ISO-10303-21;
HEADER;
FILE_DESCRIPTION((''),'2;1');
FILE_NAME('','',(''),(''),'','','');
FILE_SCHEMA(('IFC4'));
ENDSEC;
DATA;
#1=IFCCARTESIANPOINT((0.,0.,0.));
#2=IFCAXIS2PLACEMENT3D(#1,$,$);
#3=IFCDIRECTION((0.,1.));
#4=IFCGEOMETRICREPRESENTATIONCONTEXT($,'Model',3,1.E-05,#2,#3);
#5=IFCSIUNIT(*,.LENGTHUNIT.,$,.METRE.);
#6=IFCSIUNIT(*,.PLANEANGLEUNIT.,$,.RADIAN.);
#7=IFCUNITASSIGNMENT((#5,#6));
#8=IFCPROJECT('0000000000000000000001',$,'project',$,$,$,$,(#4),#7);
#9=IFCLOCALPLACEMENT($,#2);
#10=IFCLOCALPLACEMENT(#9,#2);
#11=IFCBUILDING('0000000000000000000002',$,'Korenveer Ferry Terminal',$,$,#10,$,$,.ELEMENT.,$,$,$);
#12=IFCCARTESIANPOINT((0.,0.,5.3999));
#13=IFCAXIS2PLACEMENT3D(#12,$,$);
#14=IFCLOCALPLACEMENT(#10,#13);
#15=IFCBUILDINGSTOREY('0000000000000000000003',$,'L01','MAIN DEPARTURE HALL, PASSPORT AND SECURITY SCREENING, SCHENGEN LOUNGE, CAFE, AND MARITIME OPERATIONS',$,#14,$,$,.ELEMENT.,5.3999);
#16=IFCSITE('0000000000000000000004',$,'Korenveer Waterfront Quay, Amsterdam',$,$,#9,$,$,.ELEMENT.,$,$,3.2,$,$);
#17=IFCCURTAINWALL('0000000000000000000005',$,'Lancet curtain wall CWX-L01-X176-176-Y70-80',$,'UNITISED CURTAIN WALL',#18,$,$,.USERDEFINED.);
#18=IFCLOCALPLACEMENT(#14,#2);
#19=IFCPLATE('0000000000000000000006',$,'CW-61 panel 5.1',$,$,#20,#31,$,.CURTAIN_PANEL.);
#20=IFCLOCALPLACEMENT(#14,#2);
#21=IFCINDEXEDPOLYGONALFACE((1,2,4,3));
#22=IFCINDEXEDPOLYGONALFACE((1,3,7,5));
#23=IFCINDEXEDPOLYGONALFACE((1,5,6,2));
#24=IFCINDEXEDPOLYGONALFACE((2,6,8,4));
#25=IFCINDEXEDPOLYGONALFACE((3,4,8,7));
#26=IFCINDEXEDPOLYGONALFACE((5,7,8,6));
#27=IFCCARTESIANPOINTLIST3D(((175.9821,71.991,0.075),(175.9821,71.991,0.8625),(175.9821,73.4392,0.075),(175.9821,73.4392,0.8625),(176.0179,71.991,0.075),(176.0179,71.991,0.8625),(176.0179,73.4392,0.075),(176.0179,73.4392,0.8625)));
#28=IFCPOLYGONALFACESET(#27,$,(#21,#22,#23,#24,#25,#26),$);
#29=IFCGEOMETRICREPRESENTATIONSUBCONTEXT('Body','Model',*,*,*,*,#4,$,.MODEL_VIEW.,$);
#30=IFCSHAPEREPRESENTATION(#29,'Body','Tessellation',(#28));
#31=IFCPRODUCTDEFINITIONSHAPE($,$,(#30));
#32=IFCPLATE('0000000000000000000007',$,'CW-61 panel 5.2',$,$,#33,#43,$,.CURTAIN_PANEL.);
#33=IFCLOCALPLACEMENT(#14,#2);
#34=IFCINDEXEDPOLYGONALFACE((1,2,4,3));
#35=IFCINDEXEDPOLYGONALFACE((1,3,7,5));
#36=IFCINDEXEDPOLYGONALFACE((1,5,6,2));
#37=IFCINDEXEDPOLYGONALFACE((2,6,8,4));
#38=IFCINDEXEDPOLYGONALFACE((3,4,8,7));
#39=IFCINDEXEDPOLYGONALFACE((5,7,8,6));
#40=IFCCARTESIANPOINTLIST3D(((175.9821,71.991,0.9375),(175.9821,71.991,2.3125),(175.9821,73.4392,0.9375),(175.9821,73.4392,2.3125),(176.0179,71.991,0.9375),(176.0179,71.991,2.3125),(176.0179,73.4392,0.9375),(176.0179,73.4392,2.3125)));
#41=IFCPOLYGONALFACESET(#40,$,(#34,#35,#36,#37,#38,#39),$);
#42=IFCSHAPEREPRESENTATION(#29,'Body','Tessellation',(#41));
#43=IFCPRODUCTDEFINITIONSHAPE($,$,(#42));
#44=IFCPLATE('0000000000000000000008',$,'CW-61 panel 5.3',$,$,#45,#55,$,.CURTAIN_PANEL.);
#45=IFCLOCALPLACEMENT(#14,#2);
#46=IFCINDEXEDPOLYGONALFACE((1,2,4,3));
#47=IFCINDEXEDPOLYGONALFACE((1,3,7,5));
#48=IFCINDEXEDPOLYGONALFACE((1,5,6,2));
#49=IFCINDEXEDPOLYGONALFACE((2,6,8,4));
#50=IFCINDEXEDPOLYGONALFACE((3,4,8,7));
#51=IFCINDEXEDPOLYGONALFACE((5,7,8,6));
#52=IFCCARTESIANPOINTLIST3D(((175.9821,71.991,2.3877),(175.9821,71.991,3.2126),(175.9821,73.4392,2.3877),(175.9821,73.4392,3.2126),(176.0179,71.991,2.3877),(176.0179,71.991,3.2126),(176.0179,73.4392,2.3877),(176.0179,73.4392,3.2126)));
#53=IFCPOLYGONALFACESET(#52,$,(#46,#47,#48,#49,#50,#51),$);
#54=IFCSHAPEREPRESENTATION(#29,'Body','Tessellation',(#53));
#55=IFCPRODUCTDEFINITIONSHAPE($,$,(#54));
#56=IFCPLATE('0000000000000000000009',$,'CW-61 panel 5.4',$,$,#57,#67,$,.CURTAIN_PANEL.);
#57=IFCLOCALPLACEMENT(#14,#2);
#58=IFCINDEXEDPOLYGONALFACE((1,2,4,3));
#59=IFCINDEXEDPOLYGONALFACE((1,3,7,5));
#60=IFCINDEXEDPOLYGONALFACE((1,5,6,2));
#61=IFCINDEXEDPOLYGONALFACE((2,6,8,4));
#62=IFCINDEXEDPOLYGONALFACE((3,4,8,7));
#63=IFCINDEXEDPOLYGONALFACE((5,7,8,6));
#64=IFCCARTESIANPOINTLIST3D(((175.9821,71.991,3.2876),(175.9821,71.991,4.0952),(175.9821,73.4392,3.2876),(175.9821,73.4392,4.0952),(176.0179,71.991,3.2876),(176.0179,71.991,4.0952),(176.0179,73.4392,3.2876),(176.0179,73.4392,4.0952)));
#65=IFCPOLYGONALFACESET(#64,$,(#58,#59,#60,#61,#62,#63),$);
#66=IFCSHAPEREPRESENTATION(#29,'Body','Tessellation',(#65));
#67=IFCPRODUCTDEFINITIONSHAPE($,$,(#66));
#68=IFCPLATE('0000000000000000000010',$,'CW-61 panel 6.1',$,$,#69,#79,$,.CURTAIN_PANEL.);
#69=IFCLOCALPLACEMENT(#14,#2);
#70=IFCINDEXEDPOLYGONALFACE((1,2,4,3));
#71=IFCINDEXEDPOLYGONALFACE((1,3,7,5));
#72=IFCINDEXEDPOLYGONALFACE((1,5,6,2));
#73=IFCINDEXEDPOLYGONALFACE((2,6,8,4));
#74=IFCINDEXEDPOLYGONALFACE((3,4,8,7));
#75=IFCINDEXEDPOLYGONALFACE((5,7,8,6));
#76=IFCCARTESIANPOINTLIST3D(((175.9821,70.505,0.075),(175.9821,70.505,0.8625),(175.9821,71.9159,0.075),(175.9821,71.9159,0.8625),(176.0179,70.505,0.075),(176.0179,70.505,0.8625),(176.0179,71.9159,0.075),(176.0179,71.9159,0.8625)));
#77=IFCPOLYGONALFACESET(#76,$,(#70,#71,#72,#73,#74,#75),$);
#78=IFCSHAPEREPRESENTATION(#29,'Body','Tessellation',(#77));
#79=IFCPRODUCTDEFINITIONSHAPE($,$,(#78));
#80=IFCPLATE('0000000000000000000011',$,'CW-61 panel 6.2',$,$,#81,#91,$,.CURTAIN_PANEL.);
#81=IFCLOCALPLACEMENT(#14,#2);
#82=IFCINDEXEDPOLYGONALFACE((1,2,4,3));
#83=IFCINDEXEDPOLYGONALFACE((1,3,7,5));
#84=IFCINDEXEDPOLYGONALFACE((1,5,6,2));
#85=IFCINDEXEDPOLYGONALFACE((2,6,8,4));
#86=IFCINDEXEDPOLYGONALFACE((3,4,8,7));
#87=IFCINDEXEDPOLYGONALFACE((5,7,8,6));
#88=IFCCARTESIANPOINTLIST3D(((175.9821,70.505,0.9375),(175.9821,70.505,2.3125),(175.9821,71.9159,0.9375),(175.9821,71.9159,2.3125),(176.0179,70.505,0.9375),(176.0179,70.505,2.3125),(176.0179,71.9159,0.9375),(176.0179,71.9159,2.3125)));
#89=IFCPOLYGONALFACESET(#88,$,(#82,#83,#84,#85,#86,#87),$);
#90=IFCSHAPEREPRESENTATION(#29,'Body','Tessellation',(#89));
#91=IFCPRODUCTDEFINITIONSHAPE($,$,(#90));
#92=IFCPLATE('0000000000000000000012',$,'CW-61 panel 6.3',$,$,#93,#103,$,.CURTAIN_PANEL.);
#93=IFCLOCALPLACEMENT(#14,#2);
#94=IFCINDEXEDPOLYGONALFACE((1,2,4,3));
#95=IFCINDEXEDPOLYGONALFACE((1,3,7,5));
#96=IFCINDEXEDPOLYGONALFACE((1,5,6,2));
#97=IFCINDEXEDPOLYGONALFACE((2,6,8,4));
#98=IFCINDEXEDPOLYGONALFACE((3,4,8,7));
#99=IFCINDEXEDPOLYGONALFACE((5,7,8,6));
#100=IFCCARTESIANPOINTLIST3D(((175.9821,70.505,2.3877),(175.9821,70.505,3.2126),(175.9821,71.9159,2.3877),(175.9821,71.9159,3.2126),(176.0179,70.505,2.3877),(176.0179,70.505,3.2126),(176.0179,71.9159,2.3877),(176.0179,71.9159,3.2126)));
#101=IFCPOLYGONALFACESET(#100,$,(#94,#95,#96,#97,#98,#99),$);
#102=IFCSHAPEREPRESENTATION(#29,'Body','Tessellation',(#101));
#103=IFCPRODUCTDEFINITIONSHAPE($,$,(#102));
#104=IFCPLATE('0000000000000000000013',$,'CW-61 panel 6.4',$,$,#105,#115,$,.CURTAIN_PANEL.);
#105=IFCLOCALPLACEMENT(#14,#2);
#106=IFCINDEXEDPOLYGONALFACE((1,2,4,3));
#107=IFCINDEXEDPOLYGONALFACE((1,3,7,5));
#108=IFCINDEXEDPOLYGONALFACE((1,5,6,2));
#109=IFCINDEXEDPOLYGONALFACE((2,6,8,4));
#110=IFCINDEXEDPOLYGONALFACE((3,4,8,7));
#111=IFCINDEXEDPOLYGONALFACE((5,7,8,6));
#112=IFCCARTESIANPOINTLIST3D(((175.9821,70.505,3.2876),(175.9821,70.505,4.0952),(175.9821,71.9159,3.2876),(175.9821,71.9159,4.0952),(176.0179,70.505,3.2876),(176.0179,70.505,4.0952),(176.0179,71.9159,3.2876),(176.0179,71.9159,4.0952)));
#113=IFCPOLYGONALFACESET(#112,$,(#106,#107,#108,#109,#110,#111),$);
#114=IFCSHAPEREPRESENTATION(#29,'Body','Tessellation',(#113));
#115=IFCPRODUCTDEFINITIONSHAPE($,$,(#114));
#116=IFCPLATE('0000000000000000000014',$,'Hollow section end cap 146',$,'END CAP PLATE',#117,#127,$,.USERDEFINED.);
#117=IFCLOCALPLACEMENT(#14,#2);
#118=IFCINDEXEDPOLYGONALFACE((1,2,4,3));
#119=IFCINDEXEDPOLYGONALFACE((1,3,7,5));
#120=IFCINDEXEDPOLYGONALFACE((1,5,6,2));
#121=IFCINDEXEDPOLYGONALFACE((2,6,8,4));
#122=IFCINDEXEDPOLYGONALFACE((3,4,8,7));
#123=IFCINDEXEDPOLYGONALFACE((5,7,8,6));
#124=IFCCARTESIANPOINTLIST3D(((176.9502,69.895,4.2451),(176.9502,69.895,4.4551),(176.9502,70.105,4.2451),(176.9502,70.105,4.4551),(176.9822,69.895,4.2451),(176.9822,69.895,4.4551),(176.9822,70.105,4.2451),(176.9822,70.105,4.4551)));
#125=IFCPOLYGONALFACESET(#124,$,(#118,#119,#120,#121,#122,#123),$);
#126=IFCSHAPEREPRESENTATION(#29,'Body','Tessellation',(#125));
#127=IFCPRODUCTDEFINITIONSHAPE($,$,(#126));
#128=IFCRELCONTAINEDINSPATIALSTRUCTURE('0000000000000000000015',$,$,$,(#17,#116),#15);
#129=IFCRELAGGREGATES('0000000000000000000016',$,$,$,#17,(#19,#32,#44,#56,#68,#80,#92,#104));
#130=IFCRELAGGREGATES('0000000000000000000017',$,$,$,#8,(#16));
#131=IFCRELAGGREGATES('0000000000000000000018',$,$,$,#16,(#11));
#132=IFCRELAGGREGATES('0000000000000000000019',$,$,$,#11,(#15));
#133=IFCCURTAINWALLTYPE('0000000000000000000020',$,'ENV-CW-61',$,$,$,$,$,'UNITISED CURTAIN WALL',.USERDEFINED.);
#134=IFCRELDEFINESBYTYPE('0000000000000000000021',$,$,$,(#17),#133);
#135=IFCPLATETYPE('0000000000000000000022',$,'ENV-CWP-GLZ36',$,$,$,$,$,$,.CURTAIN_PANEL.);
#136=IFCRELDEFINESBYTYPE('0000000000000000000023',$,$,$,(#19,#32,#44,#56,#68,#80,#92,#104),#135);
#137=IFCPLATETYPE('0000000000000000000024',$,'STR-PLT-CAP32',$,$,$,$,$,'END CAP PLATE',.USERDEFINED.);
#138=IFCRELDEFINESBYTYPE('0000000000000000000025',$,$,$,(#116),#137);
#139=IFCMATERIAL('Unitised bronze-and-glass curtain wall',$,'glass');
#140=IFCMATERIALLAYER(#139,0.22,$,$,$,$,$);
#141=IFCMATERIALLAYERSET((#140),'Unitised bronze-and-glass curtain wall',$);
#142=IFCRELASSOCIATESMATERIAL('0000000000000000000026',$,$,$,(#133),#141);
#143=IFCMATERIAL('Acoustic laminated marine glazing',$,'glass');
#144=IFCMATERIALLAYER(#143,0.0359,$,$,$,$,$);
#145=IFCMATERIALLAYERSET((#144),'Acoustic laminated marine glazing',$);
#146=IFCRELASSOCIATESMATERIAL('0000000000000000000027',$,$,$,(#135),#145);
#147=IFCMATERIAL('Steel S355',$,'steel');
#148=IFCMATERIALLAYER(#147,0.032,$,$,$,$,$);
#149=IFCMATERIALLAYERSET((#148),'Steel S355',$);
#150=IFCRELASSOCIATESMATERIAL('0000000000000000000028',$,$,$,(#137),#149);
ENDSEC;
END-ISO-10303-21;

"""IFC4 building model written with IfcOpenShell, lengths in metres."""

from ifc_helpers import new_model, si_unit, direction, frame, origin, origin_2d, place, context, subcontext, project, spatial, rectangle, extrude, material, layer, layer_set, type_object, element, aggregate, save


model = new_model("IFC4")

# Units and contexts
model_context = context("Model", 3, precision=1e-05, world=origin(), true_north=direction((0.0, 1.0)))
body_context = subcontext(model_context, "Body", "Model", "MODEL_VIEW")
ifc_project = project(units=[si_unit("LENGTHUNIT", "METRE"), si_unit("PLANEANGLEUNIT", "RADIAN")], contexts=[model_context])

# Site, building, storey
site_placement = place(None, origin())
site = spatial("IfcSite", under=ifc_project, at=site_placement, Name="Korenveer Waterfront Quay, Amsterdam", CompositionType="ELEMENT", RefElevation=3.2)
building_placement = place(site_placement, origin())
building = spatial("IfcBuilding", under=site, at=building_placement, Name="Korenveer Ferry Terminal", CompositionType="ELEMENT")
storey_placement = place(building_placement, frame((0.0, 0.0, 5.3999)))
storey = spatial("IfcBuildingStorey", under=building, at=storey_placement, Name="L01", Description="MAIN DEPARTURE HALL, PASSPORT AND SECURITY SCREENING, SCHENGEN LOUNGE, CAFE, AND MARITIME OPERATIONS", CompositionType="ELEMENT", Elevation=5.3999)

# Shared definitions
ifc_material_1 = material(Name="Steel S355", Category="steel")

# Shared definitions
ifc_material_2 = material(Name="Unitised bronze-and-glass curtain wall", Category="glass")

# Curtain wall
ifc_layer_1 = layer(ifc_material_2, 0.22)
ifc_layer_set_1 = layer_set([ifc_layer_1], Name="Unitised bronze-and-glass curtain wall")
curtain_wall_type_1 = type_object("IfcCurtainWallType", Name="ENV-CW-61", ElementType="UNITISED CURTAIN WALL", PredefinedType="USERDEFINED", material=ifc_layer_set_1)
curtain_wall_1_placement = place(storey_placement, frame((176.0, 79.5701, 0.0)))
curtain_wall_1 = element("IfcCurtainWall", 1, at=curtain_wall_1_placement, inside=storey, type_object=curtain_wall_type_1, Name="Lancet curtain wall CWX-L01-X176-176-Y70-80", ObjectType="UNITISED CURTAIN WALL", PredefinedType="USERDEFINED")

# Plates
ifc_material_3 = material(Name="Acoustic laminated marine glazing", Category="glass")
ifc_layer_2 = layer(ifc_material_3, 0.0359)
ifc_layer_set_2 = layer_set([ifc_layer_2], Name="Acoustic laminated marine glazing")
plate_type_1 = type_object("IfcPlateType", Name="ENV-CWP-GLZ36", PredefinedType="CURTAIN_PANEL", material=ifc_layer_set_2)
plate_1_placement = place(storey_placement, frame((176.0, 72.7151, 0.075), z_axis=(0.0, 0.0, 1.0), x_axis=(0.0, -1.0, 0.0)))
plate_1 = element("IfcPlate", 2, at=plate_1_placement, type_object=plate_type_1, Name="CW-61 panel 5.1", PredefinedType="CURTAIN_PANEL", context=body_context, shape_type="SweptSolid", body=[
    extrude(rectangle(XDim=1.4482, YDim=0.0359, at=origin_2d()), origin(), (0.0, 0.0, 1.0), 0.7876),
])
plate_2_placement = place(storey_placement, frame((176.0, 72.7151, 0.9375), z_axis=(0.0, 0.0, 1.0), x_axis=(0.0, -1.0, 0.0)))
plate_2 = element("IfcPlate", 3, at=plate_2_placement, type_object=plate_type_1, Name="CW-61 panel 5.2", PredefinedType="CURTAIN_PANEL", context=body_context, shape_type="SweptSolid", body=[
    extrude(rectangle(XDim=1.4482, YDim=0.0359, at=origin_2d()), origin(), (0.0, 0.0, 1.0), 1.375),
])
plate_3_placement = place(storey_placement, frame((176.0, 72.7151, 2.3877), z_axis=(0.0, 0.0, 1.0), x_axis=(0.0, -1.0, 0.0)))
plate_3 = element("IfcPlate", 4, at=plate_3_placement, type_object=plate_type_1, Name="CW-61 panel 5.3", PredefinedType="CURTAIN_PANEL", context=body_context, shape_type="SweptSolid", body=[
    extrude(rectangle(XDim=1.4482, YDim=0.0359, at=origin_2d()), origin(), (0.0, 0.0, 1.0), 0.825),
])
plate_4_placement = place(storey_placement, frame((176.0, 72.7151, 3.2876), z_axis=(0.0, 0.0, 1.0), x_axis=(0.0, -1.0, 0.0)))
plate_4 = element("IfcPlate", 5, at=plate_4_placement, type_object=plate_type_1, Name="CW-61 panel 5.4", PredefinedType="CURTAIN_PANEL", context=body_context, shape_type="SweptSolid", body=[
    extrude(rectangle(XDim=1.4482, YDim=0.0359, at=origin_2d()), origin(), (0.0, 0.0, 1.0), 0.8076),
])
plate_5_placement = place(storey_placement, frame((176.0, 71.2104, 0.075), z_axis=(0.0, 0.0, 1.0), x_axis=(0.0, -1.0, 0.0)))
plate_5 = element("IfcPlate", 6, at=plate_5_placement, type_object=plate_type_1, Name="CW-61 panel 6.1", PredefinedType="CURTAIN_PANEL", context=body_context, shape_type="SweptSolid", body=[
    extrude(rectangle(XDim=1.4109, YDim=0.0359, at=origin_2d()), origin(), (0.0, 0.0, 1.0), 0.7876),
])
plate_6_placement = place(storey_placement, frame((176.0, 71.2104, 0.9375), z_axis=(0.0, 0.0, 1.0), x_axis=(0.0, -1.0, 0.0)))
plate_6 = element("IfcPlate", 7, at=plate_6_placement, type_object=plate_type_1, Name="CW-61 panel 6.2", PredefinedType="CURTAIN_PANEL", context=body_context, shape_type="SweptSolid", body=[
    extrude(rectangle(XDim=1.4109, YDim=0.0359, at=origin_2d()), origin(), (0.0, 0.0, 1.0), 1.375),
])
plate_7_placement = place(storey_placement, frame((176.0, 71.2104, 2.3877), z_axis=(0.0, 0.0, 1.0), x_axis=(0.0, -1.0, 0.0)))
plate_7 = element("IfcPlate", 8, at=plate_7_placement, type_object=plate_type_1, Name="CW-61 panel 6.3", PredefinedType="CURTAIN_PANEL", context=body_context, shape_type="SweptSolid", body=[
    extrude(rectangle(XDim=1.4109, YDim=0.0359, at=origin_2d()), origin(), (0.0, 0.0, 1.0), 0.825),
])
plate_8_placement = place(storey_placement, frame((176.0, 71.2104, 3.2876), z_axis=(0.0, 0.0, 1.0), x_axis=(0.0, -1.0, 0.0)))
plate_8 = element("IfcPlate", 9, at=plate_8_placement, type_object=plate_type_1, Name="CW-61 panel 6.4", PredefinedType="CURTAIN_PANEL", context=body_context, shape_type="SweptSolid", body=[
    extrude(rectangle(XDim=1.4109, YDim=0.0359, at=origin_2d()), origin(), (0.0, 0.0, 1.0), 0.8076),
])
aggregate(curtain_wall_1, [plate_1, plate_2, plate_3, plate_4, plate_5, plate_6, plate_7, plate_8])
ifc_layer_3 = layer(ifc_material_1, 0.032)
ifc_layer_set_3 = layer_set([ifc_layer_3], Name="Steel S355")
plate_type_2 = type_object("IfcPlateType", Name="STR-PLT-CAP32", ElementType="END CAP PLATE", PredefinedType="USERDEFINED", material=ifc_layer_set_3)
plate_9_placement = place(storey_placement, frame((176.9502, 70.0, 4.3501), z_axis=(1.0, 0.0, 0.0), x_axis=(0.0, 1.0, 0.0)))
element("IfcPlate", 10, at=plate_9_placement, inside=storey, type_object=plate_type_2, Name="Hollow section end cap 146", ObjectType="END CAP PLATE", PredefinedType="USERDEFINED", context=body_context, shape_type="SweptSolid", body=[
    extrude(rectangle(XDim=0.21, YDim=0.21, at=origin_2d()), origin(), (0.0, 0.0, 1.0), 0.032),
])

save(model, "model.ifc")
